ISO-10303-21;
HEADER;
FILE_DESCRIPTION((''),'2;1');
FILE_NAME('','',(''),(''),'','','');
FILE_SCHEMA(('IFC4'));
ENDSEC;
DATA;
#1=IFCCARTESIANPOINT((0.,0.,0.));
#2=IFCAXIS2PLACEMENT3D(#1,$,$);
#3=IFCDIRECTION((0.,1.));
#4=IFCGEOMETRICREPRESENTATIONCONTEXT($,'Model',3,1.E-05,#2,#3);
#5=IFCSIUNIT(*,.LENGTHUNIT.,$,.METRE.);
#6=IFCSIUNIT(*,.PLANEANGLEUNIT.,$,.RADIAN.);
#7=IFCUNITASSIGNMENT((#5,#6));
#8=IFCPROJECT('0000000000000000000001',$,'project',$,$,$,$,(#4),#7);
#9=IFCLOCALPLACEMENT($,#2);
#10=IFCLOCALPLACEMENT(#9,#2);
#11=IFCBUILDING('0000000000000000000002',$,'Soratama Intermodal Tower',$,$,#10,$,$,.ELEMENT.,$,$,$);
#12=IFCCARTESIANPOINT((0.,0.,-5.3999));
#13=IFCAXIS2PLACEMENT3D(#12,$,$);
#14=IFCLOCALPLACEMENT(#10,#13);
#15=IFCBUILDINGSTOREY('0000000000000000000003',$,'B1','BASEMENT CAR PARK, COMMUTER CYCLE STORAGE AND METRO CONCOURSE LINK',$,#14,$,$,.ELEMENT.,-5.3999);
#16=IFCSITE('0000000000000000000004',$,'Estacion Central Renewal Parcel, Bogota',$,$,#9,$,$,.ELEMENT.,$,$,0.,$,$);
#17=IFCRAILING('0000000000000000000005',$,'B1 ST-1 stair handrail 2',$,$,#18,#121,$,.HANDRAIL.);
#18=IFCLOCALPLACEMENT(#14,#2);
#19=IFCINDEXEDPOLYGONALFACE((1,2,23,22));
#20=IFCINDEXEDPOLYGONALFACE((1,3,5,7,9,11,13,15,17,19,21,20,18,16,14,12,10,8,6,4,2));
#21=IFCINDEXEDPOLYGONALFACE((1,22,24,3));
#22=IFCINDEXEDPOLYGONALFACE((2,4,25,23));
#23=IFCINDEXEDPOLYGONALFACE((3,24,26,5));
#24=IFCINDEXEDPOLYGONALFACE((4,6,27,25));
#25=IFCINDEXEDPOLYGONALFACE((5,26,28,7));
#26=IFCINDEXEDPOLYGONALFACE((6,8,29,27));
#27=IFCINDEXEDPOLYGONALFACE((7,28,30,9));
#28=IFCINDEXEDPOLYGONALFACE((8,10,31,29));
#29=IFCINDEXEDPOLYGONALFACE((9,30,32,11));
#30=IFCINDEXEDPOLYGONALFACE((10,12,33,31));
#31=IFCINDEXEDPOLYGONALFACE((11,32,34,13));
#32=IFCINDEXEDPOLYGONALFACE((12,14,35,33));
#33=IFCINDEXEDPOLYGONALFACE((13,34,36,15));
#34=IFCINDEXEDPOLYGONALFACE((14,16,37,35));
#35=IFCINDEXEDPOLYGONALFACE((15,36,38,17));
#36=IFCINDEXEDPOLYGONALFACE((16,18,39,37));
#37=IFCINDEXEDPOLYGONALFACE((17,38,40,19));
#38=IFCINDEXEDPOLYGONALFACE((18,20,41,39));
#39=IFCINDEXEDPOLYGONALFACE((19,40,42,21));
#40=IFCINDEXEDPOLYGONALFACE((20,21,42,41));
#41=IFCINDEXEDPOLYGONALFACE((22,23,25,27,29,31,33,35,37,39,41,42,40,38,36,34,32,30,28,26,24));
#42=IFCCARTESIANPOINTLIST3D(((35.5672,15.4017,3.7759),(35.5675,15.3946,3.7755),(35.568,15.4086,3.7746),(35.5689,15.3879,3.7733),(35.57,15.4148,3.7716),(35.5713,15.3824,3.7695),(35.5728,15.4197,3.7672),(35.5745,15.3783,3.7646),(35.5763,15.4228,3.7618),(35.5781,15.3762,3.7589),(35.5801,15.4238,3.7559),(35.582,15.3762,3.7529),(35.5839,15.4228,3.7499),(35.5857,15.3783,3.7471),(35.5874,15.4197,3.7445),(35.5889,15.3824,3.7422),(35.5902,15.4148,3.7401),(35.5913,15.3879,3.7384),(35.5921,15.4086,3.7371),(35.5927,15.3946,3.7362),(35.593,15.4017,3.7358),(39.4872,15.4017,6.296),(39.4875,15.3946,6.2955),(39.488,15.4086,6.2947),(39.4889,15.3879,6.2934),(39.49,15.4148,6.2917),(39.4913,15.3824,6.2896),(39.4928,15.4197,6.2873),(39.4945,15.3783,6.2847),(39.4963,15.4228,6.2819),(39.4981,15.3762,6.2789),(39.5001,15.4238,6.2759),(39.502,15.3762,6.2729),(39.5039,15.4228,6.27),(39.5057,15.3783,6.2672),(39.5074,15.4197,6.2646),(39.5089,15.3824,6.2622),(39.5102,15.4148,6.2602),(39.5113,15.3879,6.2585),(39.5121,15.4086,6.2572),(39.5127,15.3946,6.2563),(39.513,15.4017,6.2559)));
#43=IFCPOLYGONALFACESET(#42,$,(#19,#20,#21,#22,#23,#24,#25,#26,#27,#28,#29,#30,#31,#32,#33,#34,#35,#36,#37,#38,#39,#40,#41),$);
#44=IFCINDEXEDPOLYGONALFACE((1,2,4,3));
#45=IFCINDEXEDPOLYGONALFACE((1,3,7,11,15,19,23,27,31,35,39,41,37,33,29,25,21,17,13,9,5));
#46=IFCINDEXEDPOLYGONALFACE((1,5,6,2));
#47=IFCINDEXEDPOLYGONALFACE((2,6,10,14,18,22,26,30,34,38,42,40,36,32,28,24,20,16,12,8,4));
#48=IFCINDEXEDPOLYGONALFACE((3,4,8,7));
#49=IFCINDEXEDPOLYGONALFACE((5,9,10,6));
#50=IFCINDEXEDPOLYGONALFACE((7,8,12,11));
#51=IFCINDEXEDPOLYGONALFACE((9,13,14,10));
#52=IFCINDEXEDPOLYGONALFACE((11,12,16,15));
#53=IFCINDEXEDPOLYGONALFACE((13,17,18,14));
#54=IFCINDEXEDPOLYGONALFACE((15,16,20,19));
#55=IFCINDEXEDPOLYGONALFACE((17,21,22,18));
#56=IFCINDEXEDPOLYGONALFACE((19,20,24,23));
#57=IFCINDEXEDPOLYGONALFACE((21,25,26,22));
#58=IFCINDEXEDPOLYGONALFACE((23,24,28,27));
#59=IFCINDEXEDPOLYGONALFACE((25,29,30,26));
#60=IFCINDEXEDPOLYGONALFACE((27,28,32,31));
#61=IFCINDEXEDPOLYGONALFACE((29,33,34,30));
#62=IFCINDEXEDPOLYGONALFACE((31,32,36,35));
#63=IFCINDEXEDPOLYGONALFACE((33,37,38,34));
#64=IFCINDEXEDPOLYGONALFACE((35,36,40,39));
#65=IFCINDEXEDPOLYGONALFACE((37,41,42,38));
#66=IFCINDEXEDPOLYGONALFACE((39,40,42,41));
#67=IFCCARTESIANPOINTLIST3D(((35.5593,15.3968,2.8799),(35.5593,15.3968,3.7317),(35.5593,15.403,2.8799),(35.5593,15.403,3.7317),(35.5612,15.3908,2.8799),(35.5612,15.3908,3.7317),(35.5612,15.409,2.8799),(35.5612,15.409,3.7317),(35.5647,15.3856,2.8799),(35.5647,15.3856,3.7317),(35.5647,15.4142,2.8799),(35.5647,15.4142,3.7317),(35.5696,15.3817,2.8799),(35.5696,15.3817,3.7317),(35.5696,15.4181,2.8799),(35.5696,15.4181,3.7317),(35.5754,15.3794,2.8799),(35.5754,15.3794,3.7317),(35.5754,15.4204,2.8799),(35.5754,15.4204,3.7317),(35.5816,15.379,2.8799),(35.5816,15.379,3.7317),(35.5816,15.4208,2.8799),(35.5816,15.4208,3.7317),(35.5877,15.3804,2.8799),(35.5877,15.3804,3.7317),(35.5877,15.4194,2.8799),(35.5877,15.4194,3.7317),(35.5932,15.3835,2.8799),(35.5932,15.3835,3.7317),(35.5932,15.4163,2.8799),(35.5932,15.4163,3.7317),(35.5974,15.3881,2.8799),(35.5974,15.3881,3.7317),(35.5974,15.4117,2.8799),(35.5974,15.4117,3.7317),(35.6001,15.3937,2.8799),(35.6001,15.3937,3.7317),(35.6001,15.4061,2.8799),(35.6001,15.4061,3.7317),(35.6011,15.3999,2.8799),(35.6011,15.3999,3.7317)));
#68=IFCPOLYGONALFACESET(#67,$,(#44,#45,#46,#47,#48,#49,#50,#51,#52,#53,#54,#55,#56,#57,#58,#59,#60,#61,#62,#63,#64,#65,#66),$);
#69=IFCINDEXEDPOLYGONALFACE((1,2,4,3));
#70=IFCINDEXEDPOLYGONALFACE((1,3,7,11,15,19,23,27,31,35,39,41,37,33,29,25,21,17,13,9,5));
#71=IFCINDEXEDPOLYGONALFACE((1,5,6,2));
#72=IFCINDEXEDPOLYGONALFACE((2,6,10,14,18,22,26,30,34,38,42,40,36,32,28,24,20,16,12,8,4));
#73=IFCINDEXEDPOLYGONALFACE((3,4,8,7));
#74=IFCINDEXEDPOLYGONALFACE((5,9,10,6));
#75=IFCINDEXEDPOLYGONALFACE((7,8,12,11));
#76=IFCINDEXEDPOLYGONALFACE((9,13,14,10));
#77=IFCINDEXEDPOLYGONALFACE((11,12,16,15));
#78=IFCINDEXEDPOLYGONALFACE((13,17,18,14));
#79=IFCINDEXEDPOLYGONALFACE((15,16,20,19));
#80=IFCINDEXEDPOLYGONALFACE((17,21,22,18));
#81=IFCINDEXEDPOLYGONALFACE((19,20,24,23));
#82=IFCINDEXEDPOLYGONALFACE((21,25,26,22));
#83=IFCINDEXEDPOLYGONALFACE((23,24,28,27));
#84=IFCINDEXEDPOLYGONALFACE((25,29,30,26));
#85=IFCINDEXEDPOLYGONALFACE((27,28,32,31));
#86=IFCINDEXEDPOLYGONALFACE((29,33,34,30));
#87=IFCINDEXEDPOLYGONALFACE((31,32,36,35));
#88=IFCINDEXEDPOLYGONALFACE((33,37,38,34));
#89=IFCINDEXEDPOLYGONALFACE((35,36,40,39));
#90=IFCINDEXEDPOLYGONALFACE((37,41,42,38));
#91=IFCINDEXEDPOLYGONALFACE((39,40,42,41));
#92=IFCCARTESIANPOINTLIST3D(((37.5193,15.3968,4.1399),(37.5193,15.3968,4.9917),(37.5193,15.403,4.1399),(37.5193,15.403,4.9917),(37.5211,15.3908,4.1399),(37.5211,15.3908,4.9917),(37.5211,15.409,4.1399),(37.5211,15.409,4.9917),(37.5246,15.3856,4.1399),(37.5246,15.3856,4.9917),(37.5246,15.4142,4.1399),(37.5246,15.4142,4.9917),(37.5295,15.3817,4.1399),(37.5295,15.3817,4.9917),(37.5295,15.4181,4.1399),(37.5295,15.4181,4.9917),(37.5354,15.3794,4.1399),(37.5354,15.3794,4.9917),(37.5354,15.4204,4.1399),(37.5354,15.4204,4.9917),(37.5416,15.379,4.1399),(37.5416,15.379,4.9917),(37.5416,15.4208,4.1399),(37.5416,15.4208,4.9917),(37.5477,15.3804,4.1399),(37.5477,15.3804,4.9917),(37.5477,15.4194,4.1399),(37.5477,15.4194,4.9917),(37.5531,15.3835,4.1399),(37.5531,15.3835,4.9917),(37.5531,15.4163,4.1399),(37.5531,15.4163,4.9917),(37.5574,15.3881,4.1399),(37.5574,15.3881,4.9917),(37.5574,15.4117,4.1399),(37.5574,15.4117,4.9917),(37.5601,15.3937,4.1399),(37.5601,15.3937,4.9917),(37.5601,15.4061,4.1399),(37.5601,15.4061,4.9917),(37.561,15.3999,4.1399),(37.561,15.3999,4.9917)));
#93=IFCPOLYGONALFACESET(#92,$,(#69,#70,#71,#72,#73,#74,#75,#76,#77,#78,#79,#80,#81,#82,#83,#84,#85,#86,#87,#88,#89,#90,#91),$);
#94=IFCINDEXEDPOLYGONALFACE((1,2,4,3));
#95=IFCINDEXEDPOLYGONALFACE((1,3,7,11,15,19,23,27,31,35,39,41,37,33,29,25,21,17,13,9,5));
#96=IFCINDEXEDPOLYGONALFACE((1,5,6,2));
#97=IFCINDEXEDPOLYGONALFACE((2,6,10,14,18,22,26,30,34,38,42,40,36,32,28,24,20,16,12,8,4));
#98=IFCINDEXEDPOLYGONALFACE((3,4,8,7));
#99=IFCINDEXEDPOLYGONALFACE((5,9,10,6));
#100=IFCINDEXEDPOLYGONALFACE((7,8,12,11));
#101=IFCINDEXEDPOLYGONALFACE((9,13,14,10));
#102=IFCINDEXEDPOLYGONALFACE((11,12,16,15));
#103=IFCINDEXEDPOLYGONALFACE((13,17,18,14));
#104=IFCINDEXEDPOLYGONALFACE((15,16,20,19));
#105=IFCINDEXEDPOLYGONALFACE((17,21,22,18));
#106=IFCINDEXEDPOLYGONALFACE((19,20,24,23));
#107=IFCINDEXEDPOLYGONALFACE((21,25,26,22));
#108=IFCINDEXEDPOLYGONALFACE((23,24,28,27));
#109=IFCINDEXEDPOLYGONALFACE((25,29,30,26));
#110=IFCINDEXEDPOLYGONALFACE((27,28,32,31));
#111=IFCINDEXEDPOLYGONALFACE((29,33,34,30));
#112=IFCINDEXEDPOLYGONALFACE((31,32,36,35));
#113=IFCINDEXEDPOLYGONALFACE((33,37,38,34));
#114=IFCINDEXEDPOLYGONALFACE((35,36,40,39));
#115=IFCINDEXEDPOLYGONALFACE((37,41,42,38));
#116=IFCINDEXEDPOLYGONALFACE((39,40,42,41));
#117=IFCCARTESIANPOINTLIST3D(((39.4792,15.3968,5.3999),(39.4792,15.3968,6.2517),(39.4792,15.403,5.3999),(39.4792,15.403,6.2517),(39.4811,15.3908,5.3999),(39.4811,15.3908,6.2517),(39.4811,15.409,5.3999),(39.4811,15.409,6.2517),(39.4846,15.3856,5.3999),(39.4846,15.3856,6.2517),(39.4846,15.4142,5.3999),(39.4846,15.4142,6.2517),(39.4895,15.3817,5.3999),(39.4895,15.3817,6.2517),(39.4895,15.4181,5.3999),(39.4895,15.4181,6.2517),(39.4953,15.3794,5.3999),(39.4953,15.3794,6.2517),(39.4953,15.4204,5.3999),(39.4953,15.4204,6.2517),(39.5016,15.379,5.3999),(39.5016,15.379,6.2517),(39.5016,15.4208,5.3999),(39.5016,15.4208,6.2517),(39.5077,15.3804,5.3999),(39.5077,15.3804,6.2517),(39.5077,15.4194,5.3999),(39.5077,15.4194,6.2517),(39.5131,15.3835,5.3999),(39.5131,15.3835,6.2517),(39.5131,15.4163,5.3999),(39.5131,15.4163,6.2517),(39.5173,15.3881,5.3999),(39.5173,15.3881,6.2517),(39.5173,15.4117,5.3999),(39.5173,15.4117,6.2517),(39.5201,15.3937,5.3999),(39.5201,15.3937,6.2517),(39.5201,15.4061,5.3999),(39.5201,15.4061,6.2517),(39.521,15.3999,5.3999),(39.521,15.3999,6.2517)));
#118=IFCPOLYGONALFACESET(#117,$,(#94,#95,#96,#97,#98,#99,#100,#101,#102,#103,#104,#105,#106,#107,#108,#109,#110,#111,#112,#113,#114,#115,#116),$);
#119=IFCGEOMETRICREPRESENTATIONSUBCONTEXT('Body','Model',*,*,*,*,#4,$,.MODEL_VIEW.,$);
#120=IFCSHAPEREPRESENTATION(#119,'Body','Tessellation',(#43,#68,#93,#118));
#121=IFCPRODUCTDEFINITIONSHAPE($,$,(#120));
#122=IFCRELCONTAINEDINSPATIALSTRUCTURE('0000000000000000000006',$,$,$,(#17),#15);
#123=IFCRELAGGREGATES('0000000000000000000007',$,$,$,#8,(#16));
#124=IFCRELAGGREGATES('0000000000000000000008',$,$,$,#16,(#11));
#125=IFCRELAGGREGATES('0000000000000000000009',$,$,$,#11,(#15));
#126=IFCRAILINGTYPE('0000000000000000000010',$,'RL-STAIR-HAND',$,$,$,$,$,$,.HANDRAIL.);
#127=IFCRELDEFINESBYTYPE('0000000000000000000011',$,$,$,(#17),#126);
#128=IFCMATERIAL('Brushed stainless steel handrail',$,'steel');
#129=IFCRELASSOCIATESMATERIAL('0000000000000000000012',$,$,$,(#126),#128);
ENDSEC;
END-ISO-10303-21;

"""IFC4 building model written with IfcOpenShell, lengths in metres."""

from ifc_helpers import new_model, si_unit, direction, frame, origin, origin_2d, place, context, subcontext, project, spatial, circle, extrude, material, type_object, element, save


model = new_model("IFC4")

# Units and contexts
model_context = context("Model", 3, precision=1e-05, world=origin(), true_north=direction((0.0, 1.0)))
body_context = subcontext(model_context, "Body", "Model", "MODEL_VIEW")
ifc_project = project(units=[si_unit("LENGTHUNIT", "METRE"), si_unit("PLANEANGLEUNIT", "RADIAN")], contexts=[model_context])

# Site, building, storey
site_placement = place(None, origin())
site = spatial("IfcSite", under=ifc_project, at=site_placement, Name="Estacion Central Renewal Parcel, Bogota", CompositionType="ELEMENT", RefElevation=0.0)
building_placement = place(site_placement, origin())
building = spatial("IfcBuilding", under=site, at=building_placement, Name="Soratama Intermodal Tower", CompositionType="ELEMENT")
storey_placement = place(building_placement, frame((0.0, 0.0, -5.3999)))
storey = spatial("IfcBuildingStorey", under=building, at=storey_placement, Name="B1", Description="BASEMENT CAR PARK, COMMUTER CYCLE STORAGE AND METRO CONCOURSE LINK", CompositionType="ELEMENT", Elevation=-5.3999)

# Railing
ifc_material_1 = material(Name="Brushed stainless steel handrail", Category="steel")
railing_type_1 = type_object("IfcRailingType", Name="RL-STAIR-HAND", PredefinedType="HANDRAIL", material=ifc_material_1)
railing_1_placement = place(storey_placement, frame((35.5801, 15.3999, 2.8799)))
element("IfcRailing", 1, at=railing_1_placement, inside=storey, type_object=railing_type_1, Name="B1 ST-1 stair handrail 2", PredefinedType="HANDRAIL", context=body_context, shape_type="SweptSolid", body=[
    extrude(circle(Radius=0.0239, at=origin_2d()), frame((0.0, 0.0, 0.876), z_axis=(0.841172, 0.0, 0.540768), x_axis=(0.0, 1.0, 0.0)), (0.0, 0.0, 1.0), 4.6602),
    extrude(circle(Radius=0.021, at=origin_2d()), origin(), (0.0, 0.0, 1.0), 0.8518),
    extrude(circle(Radius=0.021, at=origin_2d()), frame((1.96, 0.0, 1.26)), (0.0, 0.0, 1.0), 0.8518),
    extrude(circle(Radius=0.021, at=origin_2d()), frame((3.9199, 0.0, 2.52)), (0.0, 0.0, 1.0), 0.8518),
])

save(model, "model.ifc")
